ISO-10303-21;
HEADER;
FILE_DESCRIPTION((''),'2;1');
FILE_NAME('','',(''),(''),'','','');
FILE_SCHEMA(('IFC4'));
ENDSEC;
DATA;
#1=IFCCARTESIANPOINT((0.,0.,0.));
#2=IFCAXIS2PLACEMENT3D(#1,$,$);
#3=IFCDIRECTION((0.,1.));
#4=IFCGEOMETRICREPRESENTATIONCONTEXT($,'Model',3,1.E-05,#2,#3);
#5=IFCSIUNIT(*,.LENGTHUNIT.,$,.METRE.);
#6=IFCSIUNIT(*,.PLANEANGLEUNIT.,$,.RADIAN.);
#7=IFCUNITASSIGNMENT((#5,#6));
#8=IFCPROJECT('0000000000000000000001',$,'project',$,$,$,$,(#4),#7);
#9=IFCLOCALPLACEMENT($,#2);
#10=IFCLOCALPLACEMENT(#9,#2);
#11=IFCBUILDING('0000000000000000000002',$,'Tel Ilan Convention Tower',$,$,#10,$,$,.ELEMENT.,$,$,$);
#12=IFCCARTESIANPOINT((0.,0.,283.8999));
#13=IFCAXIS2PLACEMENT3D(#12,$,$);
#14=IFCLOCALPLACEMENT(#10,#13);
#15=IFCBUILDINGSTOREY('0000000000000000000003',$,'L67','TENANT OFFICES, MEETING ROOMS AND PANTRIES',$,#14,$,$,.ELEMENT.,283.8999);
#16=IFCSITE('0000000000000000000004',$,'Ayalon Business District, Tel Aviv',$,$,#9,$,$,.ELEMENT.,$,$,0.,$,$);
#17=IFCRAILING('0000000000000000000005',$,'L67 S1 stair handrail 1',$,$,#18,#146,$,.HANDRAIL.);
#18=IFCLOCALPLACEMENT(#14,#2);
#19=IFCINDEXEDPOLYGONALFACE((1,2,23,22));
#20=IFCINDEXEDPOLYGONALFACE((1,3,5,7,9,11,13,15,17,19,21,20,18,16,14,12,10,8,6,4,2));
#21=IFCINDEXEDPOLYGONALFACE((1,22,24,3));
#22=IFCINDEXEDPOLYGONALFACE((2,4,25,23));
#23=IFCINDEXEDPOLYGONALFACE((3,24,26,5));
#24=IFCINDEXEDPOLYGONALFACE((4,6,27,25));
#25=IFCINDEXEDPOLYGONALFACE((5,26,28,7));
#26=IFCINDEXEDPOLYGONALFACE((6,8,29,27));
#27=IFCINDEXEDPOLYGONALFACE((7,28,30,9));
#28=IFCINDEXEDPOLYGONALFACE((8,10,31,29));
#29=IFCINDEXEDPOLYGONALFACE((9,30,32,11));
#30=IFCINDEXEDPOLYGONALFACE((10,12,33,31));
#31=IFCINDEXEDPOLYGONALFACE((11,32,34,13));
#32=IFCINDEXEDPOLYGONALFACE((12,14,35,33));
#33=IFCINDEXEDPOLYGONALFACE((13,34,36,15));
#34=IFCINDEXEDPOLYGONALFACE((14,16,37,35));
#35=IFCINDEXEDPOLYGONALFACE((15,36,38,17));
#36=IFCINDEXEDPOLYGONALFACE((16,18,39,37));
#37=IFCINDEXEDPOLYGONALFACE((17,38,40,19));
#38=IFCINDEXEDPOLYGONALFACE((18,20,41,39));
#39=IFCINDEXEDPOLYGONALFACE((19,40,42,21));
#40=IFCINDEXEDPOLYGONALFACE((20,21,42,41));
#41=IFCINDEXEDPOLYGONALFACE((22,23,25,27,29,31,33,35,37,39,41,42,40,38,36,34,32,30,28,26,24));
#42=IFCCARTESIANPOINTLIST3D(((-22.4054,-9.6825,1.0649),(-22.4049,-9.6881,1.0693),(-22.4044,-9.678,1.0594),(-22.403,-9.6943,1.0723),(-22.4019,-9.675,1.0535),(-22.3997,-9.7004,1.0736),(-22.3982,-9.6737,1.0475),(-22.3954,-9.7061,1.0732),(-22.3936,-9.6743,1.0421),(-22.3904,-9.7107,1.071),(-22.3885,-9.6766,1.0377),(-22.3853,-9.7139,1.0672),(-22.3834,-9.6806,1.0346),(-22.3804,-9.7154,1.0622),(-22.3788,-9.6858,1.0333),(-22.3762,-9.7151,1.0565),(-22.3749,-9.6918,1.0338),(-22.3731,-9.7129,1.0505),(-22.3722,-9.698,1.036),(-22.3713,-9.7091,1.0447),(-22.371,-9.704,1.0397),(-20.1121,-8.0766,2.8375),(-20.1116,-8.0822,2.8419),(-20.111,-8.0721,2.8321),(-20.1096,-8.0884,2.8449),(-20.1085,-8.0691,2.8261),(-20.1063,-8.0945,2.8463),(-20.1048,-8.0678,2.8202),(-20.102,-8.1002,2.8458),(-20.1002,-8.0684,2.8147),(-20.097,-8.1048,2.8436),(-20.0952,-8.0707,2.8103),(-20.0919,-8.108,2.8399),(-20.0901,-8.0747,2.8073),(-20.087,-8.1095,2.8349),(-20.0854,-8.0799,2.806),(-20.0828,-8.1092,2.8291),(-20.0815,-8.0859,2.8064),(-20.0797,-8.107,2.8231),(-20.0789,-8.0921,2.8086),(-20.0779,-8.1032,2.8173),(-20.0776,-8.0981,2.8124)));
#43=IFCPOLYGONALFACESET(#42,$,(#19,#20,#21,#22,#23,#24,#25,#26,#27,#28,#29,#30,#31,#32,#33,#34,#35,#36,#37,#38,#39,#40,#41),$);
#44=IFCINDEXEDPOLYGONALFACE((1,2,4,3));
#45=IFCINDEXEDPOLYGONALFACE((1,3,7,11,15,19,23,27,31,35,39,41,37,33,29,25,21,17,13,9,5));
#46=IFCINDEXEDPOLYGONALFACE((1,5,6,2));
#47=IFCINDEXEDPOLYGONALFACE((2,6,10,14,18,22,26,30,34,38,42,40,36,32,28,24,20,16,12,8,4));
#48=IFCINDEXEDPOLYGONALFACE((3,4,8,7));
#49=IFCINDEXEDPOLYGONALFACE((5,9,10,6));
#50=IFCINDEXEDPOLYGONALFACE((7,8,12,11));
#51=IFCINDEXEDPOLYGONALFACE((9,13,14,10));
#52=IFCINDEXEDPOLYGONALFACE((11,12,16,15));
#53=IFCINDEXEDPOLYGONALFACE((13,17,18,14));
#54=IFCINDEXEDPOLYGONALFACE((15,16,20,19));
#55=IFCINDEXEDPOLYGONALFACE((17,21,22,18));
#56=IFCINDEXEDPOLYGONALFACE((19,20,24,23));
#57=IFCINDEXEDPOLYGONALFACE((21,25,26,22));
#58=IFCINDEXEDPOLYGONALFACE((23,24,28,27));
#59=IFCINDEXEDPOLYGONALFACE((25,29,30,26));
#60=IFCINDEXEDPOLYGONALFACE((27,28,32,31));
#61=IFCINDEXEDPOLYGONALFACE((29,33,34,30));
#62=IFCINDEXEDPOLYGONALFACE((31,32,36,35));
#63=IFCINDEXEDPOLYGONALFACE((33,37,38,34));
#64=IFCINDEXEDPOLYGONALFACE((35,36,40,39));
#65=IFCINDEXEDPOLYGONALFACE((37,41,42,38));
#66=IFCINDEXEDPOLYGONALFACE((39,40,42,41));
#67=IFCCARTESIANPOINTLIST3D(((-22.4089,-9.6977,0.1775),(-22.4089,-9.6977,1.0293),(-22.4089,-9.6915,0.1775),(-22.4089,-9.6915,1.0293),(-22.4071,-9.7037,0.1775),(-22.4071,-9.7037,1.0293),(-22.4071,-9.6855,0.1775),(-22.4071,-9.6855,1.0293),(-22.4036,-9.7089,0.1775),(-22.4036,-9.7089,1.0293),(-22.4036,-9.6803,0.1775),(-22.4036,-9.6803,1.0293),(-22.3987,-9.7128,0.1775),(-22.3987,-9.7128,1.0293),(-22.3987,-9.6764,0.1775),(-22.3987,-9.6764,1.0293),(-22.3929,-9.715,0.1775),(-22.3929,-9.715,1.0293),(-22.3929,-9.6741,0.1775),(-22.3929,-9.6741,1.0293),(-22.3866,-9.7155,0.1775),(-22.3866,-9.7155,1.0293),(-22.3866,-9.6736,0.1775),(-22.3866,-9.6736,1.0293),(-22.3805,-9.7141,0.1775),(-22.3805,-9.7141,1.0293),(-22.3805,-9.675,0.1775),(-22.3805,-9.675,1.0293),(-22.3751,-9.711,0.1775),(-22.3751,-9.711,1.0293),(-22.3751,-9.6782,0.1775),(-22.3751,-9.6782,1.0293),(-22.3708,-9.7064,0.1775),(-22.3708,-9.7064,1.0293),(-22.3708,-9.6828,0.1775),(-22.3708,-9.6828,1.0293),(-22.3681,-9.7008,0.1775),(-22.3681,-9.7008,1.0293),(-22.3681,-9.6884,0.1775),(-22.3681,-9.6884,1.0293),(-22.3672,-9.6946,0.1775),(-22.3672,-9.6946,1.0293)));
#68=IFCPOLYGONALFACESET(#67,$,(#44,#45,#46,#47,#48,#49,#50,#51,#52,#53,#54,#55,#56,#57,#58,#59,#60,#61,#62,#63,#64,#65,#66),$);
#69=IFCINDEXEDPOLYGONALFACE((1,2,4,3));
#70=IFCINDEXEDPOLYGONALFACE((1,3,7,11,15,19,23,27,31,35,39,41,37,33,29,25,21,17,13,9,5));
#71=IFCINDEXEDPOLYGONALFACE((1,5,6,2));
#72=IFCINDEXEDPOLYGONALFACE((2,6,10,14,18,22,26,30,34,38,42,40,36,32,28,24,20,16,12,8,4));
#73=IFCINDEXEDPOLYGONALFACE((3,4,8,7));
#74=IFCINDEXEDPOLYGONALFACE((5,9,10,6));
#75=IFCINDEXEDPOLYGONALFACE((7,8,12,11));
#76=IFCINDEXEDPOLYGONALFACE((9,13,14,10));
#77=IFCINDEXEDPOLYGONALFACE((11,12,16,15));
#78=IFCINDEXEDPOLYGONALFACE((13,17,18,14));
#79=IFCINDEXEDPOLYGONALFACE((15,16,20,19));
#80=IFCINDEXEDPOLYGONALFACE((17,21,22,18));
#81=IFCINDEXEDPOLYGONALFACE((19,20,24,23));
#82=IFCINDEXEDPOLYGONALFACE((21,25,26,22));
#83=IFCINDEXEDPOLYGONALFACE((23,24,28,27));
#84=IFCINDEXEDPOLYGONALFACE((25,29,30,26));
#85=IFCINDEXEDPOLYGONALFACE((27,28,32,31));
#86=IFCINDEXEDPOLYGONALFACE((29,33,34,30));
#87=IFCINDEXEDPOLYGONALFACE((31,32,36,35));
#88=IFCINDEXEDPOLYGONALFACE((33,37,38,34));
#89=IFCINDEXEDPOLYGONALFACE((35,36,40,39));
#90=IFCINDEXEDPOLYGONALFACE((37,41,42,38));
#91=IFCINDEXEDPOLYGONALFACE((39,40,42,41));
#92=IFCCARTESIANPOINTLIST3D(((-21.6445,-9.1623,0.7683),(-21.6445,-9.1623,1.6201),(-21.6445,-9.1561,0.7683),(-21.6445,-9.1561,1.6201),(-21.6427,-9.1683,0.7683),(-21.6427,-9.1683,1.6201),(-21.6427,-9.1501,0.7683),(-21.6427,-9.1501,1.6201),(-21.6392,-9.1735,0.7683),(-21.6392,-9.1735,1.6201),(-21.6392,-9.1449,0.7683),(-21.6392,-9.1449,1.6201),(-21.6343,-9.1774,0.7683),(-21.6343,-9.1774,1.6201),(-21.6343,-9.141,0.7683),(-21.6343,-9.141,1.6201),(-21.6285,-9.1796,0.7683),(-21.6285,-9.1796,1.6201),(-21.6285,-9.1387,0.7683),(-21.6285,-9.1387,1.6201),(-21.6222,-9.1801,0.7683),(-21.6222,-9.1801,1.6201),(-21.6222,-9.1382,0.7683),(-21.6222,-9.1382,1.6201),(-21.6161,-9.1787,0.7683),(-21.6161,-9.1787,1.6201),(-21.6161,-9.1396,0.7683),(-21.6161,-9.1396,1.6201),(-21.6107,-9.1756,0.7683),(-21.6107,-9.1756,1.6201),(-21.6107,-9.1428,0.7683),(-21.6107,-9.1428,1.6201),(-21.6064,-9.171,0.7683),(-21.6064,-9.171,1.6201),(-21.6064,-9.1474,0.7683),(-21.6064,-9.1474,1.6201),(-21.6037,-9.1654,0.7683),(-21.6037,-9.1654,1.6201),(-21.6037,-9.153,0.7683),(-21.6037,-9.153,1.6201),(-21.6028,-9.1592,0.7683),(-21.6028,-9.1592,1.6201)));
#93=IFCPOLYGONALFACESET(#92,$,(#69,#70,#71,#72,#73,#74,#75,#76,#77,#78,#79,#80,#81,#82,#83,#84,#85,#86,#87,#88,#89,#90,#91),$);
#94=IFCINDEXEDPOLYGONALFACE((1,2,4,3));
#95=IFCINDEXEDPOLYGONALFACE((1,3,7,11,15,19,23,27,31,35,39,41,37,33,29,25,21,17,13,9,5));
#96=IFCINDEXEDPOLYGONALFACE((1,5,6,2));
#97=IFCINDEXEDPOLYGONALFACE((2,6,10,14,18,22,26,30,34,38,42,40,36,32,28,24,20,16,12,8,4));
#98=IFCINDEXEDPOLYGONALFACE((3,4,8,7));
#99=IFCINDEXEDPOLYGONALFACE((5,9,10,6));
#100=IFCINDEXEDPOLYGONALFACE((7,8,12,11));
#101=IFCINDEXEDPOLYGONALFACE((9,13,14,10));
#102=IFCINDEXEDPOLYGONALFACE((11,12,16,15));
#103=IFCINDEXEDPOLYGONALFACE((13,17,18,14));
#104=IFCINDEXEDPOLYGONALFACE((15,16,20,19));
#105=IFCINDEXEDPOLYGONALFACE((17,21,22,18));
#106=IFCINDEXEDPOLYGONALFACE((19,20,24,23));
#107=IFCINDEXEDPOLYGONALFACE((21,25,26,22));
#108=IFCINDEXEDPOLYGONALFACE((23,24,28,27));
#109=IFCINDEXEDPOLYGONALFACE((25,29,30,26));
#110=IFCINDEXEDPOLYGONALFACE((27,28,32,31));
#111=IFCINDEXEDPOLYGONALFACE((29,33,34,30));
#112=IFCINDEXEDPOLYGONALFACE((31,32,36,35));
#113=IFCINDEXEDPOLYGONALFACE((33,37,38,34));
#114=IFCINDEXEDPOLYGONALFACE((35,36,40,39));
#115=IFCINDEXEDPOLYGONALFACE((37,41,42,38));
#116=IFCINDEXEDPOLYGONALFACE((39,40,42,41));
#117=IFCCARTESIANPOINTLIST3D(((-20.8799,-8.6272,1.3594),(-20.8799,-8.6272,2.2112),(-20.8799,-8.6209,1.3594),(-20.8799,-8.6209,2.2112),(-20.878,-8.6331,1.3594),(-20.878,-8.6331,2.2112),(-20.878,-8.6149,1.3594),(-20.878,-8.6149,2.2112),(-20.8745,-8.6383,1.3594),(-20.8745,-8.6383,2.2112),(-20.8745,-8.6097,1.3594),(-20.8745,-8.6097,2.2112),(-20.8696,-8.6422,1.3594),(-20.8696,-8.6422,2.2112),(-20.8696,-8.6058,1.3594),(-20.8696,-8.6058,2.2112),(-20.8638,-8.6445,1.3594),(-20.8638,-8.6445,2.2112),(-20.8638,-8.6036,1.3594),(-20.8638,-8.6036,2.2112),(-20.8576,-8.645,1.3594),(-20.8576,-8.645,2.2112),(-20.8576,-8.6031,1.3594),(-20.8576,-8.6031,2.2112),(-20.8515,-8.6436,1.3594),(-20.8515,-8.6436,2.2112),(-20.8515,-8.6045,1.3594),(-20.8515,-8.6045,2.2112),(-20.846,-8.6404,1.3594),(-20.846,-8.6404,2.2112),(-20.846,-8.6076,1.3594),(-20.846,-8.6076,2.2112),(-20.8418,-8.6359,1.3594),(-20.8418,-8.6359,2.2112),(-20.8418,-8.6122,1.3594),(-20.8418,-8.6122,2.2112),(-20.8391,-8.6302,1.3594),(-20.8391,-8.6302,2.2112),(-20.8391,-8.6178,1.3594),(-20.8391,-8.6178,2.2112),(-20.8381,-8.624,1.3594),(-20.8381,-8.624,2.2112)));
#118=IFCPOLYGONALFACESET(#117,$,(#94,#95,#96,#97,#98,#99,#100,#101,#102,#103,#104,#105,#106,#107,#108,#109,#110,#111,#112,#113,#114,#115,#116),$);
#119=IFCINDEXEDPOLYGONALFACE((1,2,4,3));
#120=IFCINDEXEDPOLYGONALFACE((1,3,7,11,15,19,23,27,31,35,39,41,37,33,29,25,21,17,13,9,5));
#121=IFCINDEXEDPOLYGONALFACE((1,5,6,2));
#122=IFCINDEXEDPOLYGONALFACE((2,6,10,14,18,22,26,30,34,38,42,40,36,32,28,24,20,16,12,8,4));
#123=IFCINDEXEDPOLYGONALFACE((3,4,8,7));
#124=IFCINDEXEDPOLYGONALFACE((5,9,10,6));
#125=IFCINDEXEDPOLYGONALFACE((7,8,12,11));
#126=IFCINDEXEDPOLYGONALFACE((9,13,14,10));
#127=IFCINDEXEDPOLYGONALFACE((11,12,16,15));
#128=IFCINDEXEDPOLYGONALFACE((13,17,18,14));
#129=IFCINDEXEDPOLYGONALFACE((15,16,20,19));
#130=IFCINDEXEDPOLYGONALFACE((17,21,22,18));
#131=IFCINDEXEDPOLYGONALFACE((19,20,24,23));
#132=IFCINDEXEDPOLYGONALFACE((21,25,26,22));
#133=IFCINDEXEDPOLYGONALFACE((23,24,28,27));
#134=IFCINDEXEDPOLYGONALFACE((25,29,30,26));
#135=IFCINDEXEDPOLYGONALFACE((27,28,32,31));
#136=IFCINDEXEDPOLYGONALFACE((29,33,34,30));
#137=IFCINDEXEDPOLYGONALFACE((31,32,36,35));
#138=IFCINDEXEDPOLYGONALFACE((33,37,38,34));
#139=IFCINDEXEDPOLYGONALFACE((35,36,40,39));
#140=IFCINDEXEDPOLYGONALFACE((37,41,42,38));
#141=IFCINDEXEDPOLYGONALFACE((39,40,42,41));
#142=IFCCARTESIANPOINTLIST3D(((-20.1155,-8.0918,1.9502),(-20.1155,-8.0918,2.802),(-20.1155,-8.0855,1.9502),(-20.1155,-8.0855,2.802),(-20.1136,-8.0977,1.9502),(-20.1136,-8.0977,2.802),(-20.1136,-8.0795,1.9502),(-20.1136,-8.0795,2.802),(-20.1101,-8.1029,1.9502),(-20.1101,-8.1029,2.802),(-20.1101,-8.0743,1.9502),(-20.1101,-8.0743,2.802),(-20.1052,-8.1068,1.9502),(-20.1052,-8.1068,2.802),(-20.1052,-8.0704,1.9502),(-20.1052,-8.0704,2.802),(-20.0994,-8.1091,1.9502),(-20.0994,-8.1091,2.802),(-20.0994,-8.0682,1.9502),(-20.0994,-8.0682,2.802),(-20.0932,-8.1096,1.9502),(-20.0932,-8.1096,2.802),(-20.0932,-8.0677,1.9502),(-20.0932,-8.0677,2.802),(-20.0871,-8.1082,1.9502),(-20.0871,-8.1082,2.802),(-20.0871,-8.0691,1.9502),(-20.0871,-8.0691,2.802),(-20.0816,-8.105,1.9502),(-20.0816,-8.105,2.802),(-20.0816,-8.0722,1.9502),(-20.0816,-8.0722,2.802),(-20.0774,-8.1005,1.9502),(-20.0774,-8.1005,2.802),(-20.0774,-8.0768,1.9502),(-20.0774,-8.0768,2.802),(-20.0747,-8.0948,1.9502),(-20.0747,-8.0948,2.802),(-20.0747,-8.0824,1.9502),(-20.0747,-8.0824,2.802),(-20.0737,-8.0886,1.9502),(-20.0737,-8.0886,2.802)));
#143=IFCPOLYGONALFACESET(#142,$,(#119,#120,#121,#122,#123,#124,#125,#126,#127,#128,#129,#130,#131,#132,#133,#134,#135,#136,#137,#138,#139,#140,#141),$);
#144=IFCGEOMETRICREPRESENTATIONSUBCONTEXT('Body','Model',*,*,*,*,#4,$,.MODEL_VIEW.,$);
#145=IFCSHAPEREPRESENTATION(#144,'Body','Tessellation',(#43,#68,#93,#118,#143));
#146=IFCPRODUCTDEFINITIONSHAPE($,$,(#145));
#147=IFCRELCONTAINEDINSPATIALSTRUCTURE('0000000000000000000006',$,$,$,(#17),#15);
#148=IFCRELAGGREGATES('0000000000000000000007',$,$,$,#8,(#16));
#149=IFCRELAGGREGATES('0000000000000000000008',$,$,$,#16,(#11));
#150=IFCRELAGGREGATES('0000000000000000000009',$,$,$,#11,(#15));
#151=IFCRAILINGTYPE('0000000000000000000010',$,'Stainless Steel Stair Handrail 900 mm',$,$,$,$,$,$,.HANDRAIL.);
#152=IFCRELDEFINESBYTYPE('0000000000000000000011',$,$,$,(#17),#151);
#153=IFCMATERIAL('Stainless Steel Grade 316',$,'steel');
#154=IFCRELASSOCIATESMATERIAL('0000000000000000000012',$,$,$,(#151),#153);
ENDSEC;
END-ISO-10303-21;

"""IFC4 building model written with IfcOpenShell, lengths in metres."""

from ifc_helpers import new_model, si_unit, direction, frame, origin, origin_2d, place, context, subcontext, project, spatial, circle, extrude, material, type_object, element, save


model = new_model("IFC4")

# Units and contexts
model_context = context("Model", 3, precision=1e-05, world=origin(), true_north=direction((0.0, 1.0)))
body_context = subcontext(model_context, "Body", "Model", "MODEL_VIEW")
ifc_project = project(units=[si_unit("LENGTHUNIT", "METRE"), si_unit("PLANEANGLEUNIT", "RADIAN")], contexts=[model_context])

# Site, building, storey
site_placement = place(None, origin())
site = spatial("IfcSite", under=ifc_project, at=site_placement, Name="Ayalon Business District, Tel Aviv", CompositionType="ELEMENT", RefElevation=0.0)
building_placement = place(site_placement, origin())
building = spatial("IfcBuilding", under=site, at=building_placement, Name="Tel Ilan Convention Tower", CompositionType="ELEMENT")
storey_placement = place(building_placement, frame((0.0, 0.0, 283.8999)))
storey = spatial("IfcBuildingStorey", under=building, at=storey_placement, Name="L67", Description="TENANT OFFICES, MEETING ROOMS AND PANTRIES", CompositionType="ELEMENT", Elevation=283.8999)

# Railing
ifc_material_1 = material(Name="Stainless Steel Grade 316", Category="steel")
railing_type_1 = type_object("IfcRailingType", Name="Stainless Steel Stair Handrail 900 mm", PredefinedType="HANDRAIL", material=ifc_material_1)
railing_1_placement = place(storey_placement, frame((-22.3882, -9.6946, 0.1775)))
element("IfcRailing", 1, at=railing_1_placement, inside=storey, type_object=railing_type_1, Name="L67 S1 stair handrail 1", PredefinedType="HANDRAIL", context=body_context, shape_type="SweptSolid", body=[
    extrude(circle(Radius=0.0239, at=origin_2d()), frame((0.0, 0.0, 0.876), z_axis=(0.692085, 0.484621, 0.53494), x_axis=(-0.573591, 0.819142, 0.0)), (0.0, 0.0, 1.0), 3.3137),
    extrude(circle(Radius=0.021, at=origin_2d()), origin(), (0.0, 0.0, 1.0), 0.8518),
    extrude(circle(Radius=0.021, at=origin_2d()), frame((0.7644, 0.5354, 0.5908)), (0.0, 0.0, 1.0), 0.8518),
    extrude(circle(Radius=0.021, at=origin_2d()), frame((1.5291, 1.0706, 1.1819)), (0.0, 0.0, 1.0), 0.8518),
    extrude(circle(Radius=0.021, at=origin_2d()), frame((2.2935, 1.606, 1.7727)), (0.0, 0.0, 1.0), 0.8518),
])

save(model, "model.ifc")
